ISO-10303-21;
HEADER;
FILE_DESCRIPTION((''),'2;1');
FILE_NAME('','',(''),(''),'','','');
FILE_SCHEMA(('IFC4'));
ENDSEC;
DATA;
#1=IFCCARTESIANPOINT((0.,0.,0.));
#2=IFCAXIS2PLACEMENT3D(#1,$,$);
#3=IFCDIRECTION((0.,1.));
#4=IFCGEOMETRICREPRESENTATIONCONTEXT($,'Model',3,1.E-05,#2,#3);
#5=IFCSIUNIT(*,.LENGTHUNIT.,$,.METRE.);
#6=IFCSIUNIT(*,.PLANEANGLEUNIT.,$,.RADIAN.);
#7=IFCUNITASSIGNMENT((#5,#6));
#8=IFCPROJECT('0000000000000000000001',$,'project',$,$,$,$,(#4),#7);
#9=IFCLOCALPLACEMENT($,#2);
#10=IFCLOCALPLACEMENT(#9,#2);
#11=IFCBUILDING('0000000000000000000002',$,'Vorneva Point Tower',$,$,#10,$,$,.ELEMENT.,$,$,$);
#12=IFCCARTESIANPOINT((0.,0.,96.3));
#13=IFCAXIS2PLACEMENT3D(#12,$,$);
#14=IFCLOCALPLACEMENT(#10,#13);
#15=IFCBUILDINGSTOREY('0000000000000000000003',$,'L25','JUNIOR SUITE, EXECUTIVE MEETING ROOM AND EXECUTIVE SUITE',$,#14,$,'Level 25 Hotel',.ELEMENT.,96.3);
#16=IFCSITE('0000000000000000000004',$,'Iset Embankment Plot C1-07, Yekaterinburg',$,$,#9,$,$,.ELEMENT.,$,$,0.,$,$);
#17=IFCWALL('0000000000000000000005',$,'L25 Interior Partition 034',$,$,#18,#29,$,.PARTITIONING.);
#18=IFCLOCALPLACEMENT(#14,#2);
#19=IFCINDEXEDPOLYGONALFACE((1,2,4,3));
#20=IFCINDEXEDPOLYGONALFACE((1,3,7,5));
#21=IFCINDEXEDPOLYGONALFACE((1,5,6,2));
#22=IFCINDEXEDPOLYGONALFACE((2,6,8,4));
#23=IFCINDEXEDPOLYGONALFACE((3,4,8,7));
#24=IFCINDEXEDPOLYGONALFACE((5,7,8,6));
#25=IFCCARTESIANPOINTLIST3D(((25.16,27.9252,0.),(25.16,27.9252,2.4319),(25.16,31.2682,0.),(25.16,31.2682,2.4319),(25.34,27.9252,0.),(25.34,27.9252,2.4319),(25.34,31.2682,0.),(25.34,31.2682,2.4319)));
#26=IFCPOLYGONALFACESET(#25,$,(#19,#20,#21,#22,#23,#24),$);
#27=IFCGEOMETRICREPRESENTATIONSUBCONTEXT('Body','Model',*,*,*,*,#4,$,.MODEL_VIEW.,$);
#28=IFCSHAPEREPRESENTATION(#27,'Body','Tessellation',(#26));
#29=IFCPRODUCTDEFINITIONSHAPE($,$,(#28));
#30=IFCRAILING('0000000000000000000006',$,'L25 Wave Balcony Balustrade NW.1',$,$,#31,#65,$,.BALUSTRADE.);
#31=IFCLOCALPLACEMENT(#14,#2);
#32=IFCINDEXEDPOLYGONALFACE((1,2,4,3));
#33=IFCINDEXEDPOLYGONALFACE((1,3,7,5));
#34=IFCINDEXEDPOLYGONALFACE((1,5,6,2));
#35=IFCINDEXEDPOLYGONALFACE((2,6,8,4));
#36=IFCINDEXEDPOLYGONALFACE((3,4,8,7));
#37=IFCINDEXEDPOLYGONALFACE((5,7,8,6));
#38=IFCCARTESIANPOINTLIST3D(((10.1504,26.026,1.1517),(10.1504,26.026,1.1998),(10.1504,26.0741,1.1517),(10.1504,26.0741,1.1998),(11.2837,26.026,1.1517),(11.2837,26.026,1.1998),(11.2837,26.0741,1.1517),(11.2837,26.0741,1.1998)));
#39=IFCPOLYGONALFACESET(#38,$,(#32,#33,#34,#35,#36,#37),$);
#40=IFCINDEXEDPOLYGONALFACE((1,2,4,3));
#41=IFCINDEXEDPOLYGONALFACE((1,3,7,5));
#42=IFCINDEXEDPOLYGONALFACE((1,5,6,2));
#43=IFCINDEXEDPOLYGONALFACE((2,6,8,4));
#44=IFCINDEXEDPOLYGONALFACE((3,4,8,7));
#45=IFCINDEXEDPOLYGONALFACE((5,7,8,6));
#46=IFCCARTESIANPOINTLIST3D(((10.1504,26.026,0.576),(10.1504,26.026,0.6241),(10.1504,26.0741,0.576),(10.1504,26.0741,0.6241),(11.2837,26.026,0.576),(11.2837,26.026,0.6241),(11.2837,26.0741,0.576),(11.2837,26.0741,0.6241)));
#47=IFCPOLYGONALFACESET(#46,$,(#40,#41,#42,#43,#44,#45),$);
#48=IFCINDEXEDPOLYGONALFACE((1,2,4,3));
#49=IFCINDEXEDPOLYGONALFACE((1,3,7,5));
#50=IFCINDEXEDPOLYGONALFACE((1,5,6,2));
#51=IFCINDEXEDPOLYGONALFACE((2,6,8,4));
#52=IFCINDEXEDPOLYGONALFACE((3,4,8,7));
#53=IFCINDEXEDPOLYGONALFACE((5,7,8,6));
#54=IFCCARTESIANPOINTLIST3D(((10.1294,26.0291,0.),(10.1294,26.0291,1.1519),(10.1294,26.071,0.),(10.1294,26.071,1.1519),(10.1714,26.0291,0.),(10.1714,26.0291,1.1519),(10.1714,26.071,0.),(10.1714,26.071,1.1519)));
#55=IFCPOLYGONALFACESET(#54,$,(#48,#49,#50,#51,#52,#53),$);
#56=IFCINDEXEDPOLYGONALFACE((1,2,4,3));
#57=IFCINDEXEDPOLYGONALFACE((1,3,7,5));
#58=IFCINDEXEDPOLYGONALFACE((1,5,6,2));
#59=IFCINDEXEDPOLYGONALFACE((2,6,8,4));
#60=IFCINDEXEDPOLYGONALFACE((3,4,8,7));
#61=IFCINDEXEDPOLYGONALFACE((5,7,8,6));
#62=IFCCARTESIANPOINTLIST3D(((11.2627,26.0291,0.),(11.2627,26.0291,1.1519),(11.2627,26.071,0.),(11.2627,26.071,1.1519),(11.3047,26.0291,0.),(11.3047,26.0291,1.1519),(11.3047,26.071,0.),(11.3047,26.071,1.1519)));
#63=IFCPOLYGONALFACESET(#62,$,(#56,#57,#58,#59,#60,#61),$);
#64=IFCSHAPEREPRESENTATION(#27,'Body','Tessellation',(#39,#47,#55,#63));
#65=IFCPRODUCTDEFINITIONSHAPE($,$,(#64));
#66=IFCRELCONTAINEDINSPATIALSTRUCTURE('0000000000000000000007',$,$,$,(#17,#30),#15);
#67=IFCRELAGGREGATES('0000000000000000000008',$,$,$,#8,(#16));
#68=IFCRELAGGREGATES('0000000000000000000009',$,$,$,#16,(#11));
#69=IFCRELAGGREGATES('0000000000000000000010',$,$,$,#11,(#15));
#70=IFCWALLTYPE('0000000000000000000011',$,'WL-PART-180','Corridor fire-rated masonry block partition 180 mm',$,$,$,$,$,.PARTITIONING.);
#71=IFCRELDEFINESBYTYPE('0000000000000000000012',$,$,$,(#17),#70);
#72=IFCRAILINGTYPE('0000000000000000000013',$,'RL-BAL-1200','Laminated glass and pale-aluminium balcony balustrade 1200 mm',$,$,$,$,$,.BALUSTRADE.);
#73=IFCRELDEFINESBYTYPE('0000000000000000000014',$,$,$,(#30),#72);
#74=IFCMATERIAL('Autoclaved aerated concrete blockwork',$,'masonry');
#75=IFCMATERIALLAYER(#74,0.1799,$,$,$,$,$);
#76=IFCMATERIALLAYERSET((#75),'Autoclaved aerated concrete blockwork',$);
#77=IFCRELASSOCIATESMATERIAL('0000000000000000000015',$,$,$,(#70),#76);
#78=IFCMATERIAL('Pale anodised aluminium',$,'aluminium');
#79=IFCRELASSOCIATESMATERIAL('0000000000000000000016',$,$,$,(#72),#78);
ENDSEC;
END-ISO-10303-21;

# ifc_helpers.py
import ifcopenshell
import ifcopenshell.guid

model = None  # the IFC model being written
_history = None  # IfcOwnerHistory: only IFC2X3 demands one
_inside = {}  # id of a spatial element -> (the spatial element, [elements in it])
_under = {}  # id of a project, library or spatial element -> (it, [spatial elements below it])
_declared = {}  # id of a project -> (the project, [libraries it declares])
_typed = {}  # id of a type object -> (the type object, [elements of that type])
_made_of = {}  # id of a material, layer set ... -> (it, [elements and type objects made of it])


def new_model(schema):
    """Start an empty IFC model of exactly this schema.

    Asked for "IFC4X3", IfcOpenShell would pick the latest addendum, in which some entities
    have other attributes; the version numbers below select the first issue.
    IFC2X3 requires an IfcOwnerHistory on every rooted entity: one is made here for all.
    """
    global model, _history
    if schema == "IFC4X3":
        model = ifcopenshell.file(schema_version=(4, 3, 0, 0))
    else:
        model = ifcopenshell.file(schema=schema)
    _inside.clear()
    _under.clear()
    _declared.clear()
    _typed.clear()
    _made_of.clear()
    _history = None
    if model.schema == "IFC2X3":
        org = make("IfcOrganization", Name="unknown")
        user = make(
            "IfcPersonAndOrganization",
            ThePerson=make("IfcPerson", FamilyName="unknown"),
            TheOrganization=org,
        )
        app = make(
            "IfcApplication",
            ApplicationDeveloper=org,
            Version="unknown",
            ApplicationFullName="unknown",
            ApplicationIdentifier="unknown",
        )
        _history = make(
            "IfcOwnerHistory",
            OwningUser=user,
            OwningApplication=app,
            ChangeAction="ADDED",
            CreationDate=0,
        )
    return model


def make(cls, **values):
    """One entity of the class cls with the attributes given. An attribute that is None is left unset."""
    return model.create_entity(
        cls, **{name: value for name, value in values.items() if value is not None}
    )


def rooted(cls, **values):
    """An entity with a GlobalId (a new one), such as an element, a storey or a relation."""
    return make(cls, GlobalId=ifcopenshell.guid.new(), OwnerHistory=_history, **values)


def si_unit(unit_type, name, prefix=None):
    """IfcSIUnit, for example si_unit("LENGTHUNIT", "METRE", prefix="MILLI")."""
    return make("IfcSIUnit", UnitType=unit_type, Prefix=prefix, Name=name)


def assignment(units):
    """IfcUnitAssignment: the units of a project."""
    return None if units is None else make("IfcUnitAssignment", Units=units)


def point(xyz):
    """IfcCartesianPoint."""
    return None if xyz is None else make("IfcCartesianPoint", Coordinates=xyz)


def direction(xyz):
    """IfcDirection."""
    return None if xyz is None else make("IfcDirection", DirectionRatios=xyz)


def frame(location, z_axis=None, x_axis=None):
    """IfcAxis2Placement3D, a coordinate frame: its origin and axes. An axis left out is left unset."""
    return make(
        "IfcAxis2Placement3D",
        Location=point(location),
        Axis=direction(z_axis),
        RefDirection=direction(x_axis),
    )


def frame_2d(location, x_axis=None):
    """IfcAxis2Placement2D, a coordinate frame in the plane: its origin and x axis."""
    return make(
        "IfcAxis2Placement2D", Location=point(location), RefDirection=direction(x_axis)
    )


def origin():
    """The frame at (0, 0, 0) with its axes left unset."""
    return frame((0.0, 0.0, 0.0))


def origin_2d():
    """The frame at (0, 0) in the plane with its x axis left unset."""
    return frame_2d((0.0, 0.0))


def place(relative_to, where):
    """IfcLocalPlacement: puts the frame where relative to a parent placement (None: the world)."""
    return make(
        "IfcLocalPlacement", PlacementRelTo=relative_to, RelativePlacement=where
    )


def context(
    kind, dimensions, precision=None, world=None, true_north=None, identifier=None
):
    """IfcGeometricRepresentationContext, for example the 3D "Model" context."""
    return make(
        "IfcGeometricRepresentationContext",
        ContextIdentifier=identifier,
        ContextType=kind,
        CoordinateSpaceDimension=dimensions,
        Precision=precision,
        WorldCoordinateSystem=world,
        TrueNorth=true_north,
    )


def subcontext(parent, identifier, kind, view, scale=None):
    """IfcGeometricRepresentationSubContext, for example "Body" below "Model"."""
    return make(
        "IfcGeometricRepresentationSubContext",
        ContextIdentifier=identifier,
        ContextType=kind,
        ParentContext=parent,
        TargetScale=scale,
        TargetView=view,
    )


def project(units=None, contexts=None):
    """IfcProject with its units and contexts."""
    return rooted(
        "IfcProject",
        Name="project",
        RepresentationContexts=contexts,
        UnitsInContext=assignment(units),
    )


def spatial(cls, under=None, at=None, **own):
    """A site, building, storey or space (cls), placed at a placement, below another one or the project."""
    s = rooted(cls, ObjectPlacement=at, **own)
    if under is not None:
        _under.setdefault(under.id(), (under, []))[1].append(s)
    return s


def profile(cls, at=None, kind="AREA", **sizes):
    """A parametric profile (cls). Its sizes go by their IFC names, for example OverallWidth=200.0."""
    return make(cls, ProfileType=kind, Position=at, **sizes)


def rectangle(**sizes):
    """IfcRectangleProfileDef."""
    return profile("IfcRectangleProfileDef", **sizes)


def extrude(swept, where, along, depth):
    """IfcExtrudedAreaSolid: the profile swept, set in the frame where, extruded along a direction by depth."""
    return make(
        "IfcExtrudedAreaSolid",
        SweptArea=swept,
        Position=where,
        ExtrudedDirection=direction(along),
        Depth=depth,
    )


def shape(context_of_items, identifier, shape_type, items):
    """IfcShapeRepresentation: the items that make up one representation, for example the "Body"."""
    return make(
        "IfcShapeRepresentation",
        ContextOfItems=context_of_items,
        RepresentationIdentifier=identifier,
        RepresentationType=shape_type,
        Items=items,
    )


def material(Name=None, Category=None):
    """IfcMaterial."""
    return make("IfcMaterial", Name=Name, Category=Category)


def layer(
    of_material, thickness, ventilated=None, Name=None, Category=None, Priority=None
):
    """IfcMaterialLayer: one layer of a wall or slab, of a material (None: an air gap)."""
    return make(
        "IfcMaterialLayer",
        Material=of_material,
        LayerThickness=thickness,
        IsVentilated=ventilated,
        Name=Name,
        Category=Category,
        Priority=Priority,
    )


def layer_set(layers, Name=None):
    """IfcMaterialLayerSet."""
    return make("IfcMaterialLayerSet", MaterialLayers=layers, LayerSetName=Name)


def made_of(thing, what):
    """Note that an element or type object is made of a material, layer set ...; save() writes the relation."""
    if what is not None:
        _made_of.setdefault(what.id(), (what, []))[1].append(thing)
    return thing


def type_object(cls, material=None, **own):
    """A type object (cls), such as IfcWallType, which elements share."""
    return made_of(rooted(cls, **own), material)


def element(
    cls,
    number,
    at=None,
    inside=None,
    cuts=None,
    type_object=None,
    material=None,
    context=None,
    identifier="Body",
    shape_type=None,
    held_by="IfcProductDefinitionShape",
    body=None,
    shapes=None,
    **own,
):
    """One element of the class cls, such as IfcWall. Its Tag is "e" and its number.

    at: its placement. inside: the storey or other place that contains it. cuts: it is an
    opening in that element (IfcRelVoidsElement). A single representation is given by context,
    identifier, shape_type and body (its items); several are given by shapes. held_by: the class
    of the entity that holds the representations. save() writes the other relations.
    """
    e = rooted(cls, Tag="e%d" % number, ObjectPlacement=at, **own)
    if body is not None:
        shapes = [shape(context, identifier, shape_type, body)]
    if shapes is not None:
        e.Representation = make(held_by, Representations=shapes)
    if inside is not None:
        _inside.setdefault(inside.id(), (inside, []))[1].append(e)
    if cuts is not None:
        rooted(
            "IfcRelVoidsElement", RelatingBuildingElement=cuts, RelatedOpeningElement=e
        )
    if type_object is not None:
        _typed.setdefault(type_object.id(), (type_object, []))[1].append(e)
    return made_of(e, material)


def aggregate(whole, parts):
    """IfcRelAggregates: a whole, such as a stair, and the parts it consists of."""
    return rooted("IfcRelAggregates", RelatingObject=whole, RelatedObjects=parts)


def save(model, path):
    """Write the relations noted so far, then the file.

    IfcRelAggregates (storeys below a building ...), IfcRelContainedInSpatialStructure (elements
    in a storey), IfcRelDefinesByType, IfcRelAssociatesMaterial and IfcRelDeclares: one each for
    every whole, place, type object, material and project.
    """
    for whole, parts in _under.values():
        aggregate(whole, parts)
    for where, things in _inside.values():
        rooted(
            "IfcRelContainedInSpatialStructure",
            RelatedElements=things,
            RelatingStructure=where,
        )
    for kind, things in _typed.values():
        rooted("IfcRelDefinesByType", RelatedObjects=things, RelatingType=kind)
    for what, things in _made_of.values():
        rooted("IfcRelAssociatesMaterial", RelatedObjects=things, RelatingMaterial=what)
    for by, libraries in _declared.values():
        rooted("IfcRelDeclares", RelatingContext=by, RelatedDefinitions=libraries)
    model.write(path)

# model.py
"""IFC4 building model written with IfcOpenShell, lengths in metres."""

from ifc_helpers import new_model, si_unit, direction, frame, frame_2d, origin, origin_2d, place, context, subcontext, project, spatial, rectangle, extrude, material, layer, layer_set, type_object, element, save


model = new_model("IFC4")

# Units and contexts
model_context = context("Model", 3, precision=1e-05, world=origin(), true_north=direction((0.0, 1.0)))
body_context = subcontext(model_context, "Body", "Model", "MODEL_VIEW")
ifc_project = project(units=[si_unit("LENGTHUNIT", "METRE"), si_unit("PLANEANGLEUNIT", "RADIAN")], contexts=[model_context])

# Site, building, storey
site_placement = place(None, origin())
site = spatial("IfcSite", under=ifc_project, at=site_placement, Name="Iset Embankment Plot C1-07, Yekaterinburg", CompositionType="ELEMENT", RefElevation=0.0)
building_placement = place(site_placement, origin())
building = spatial("IfcBuilding", under=site, at=building_placement, Name="Vorneva Point Tower", CompositionType="ELEMENT")
storey_placement = place(building_placement, frame((0.0, 0.0, 96.3)))
storey = spatial("IfcBuildingStorey", under=building, at=storey_placement, Name="L25", Description="JUNIOR SUITE, EXECUTIVE MEETING ROOM AND EXECUTIVE SUITE", LongName="Level 25 Hotel", CompositionType="ELEMENT", Elevation=96.3)

# Shared definitions
ifc_material_1 = material(Name="Pale anodised aluminium", Category="aluminium")

# Shared definitions
ifc_material_2 = material(Name="Autoclaved aerated concrete blockwork", Category="masonry")
ifc_layer_1 = layer(ifc_material_2, 0.1799)
ifc_layer_set_1 = layer_set([ifc_layer_1], Name="Autoclaved aerated concrete blockwork")
wall_type_1 = type_object("IfcWallType", Name="WL-PART-180", Description="Corridor fire-rated masonry block partition 180 mm", PredefinedType="PARTITIONING", material=ifc_layer_set_1)

# Wall
wall_1_placement = place(storey_placement, frame((25.25, 31.2681, 0.0), z_axis=(0.0, 0.0, 1.0), x_axis=(0.0, -1.0, 0.0)))
element("IfcWall", 1, at=wall_1_placement, inside=storey, type_object=wall_type_1, Name="L25 Interior Partition 034", PredefinedType="PARTITIONING", context=body_context, shape_type="SweptSolid", body=[
    extrude(rectangle(XDim=3.343, YDim=0.1799, at=frame_2d((1.6714, 0.0))), origin(), (0.0, 0.0, 1.0), 2.4319),
])

# Railing
railing_type = type_object("IfcRailingType", Name="RL-BAL-1200", Description="Laminated glass and pale-aluminium balcony balustrade 1200 mm", PredefinedType="BALUSTRADE", material=ifc_material_1)
railing_placement = place(storey_placement, frame((10.1504, 26.05, 0.0)))
element("IfcRailing", 2, at=railing_placement, inside=storey, type_object=railing_type, Name="L25 Wave Balcony Balustrade NW.1", PredefinedType="BALUSTRADE", context=body_context, shape_type="SweptSolid", body=[
    extrude(rectangle(XDim=0.0481, YDim=0.0481, at=origin_2d()), frame((0.0, 0.0, 1.1758), z_axis=(1.0, 0.0, 0.0), x_axis=(0.0, 1.0, 0.0)), (0.0, 0.0, 1.0), 1.1333),
    extrude(rectangle(XDim=0.0481, YDim=0.0481, at=origin_2d()), frame((0.0, 0.0, 0.6001), z_axis=(1.0, 0.0, 0.0), x_axis=(0.0, 1.0, 0.0)), (0.0, 0.0, 1.0), 1.1333),
    extrude(rectangle(XDim=0.042, YDim=0.042, at=origin_2d()), origin(), (0.0, 0.0, 1.0), 1.1519),
    extrude(rectangle(XDim=0.042, YDim=0.042, at=origin_2d()), frame((1.1333, 0.0, 0.0)), (0.0, 0.0, 1.0), 1.1519),
])

save(model, "model.ifc")
